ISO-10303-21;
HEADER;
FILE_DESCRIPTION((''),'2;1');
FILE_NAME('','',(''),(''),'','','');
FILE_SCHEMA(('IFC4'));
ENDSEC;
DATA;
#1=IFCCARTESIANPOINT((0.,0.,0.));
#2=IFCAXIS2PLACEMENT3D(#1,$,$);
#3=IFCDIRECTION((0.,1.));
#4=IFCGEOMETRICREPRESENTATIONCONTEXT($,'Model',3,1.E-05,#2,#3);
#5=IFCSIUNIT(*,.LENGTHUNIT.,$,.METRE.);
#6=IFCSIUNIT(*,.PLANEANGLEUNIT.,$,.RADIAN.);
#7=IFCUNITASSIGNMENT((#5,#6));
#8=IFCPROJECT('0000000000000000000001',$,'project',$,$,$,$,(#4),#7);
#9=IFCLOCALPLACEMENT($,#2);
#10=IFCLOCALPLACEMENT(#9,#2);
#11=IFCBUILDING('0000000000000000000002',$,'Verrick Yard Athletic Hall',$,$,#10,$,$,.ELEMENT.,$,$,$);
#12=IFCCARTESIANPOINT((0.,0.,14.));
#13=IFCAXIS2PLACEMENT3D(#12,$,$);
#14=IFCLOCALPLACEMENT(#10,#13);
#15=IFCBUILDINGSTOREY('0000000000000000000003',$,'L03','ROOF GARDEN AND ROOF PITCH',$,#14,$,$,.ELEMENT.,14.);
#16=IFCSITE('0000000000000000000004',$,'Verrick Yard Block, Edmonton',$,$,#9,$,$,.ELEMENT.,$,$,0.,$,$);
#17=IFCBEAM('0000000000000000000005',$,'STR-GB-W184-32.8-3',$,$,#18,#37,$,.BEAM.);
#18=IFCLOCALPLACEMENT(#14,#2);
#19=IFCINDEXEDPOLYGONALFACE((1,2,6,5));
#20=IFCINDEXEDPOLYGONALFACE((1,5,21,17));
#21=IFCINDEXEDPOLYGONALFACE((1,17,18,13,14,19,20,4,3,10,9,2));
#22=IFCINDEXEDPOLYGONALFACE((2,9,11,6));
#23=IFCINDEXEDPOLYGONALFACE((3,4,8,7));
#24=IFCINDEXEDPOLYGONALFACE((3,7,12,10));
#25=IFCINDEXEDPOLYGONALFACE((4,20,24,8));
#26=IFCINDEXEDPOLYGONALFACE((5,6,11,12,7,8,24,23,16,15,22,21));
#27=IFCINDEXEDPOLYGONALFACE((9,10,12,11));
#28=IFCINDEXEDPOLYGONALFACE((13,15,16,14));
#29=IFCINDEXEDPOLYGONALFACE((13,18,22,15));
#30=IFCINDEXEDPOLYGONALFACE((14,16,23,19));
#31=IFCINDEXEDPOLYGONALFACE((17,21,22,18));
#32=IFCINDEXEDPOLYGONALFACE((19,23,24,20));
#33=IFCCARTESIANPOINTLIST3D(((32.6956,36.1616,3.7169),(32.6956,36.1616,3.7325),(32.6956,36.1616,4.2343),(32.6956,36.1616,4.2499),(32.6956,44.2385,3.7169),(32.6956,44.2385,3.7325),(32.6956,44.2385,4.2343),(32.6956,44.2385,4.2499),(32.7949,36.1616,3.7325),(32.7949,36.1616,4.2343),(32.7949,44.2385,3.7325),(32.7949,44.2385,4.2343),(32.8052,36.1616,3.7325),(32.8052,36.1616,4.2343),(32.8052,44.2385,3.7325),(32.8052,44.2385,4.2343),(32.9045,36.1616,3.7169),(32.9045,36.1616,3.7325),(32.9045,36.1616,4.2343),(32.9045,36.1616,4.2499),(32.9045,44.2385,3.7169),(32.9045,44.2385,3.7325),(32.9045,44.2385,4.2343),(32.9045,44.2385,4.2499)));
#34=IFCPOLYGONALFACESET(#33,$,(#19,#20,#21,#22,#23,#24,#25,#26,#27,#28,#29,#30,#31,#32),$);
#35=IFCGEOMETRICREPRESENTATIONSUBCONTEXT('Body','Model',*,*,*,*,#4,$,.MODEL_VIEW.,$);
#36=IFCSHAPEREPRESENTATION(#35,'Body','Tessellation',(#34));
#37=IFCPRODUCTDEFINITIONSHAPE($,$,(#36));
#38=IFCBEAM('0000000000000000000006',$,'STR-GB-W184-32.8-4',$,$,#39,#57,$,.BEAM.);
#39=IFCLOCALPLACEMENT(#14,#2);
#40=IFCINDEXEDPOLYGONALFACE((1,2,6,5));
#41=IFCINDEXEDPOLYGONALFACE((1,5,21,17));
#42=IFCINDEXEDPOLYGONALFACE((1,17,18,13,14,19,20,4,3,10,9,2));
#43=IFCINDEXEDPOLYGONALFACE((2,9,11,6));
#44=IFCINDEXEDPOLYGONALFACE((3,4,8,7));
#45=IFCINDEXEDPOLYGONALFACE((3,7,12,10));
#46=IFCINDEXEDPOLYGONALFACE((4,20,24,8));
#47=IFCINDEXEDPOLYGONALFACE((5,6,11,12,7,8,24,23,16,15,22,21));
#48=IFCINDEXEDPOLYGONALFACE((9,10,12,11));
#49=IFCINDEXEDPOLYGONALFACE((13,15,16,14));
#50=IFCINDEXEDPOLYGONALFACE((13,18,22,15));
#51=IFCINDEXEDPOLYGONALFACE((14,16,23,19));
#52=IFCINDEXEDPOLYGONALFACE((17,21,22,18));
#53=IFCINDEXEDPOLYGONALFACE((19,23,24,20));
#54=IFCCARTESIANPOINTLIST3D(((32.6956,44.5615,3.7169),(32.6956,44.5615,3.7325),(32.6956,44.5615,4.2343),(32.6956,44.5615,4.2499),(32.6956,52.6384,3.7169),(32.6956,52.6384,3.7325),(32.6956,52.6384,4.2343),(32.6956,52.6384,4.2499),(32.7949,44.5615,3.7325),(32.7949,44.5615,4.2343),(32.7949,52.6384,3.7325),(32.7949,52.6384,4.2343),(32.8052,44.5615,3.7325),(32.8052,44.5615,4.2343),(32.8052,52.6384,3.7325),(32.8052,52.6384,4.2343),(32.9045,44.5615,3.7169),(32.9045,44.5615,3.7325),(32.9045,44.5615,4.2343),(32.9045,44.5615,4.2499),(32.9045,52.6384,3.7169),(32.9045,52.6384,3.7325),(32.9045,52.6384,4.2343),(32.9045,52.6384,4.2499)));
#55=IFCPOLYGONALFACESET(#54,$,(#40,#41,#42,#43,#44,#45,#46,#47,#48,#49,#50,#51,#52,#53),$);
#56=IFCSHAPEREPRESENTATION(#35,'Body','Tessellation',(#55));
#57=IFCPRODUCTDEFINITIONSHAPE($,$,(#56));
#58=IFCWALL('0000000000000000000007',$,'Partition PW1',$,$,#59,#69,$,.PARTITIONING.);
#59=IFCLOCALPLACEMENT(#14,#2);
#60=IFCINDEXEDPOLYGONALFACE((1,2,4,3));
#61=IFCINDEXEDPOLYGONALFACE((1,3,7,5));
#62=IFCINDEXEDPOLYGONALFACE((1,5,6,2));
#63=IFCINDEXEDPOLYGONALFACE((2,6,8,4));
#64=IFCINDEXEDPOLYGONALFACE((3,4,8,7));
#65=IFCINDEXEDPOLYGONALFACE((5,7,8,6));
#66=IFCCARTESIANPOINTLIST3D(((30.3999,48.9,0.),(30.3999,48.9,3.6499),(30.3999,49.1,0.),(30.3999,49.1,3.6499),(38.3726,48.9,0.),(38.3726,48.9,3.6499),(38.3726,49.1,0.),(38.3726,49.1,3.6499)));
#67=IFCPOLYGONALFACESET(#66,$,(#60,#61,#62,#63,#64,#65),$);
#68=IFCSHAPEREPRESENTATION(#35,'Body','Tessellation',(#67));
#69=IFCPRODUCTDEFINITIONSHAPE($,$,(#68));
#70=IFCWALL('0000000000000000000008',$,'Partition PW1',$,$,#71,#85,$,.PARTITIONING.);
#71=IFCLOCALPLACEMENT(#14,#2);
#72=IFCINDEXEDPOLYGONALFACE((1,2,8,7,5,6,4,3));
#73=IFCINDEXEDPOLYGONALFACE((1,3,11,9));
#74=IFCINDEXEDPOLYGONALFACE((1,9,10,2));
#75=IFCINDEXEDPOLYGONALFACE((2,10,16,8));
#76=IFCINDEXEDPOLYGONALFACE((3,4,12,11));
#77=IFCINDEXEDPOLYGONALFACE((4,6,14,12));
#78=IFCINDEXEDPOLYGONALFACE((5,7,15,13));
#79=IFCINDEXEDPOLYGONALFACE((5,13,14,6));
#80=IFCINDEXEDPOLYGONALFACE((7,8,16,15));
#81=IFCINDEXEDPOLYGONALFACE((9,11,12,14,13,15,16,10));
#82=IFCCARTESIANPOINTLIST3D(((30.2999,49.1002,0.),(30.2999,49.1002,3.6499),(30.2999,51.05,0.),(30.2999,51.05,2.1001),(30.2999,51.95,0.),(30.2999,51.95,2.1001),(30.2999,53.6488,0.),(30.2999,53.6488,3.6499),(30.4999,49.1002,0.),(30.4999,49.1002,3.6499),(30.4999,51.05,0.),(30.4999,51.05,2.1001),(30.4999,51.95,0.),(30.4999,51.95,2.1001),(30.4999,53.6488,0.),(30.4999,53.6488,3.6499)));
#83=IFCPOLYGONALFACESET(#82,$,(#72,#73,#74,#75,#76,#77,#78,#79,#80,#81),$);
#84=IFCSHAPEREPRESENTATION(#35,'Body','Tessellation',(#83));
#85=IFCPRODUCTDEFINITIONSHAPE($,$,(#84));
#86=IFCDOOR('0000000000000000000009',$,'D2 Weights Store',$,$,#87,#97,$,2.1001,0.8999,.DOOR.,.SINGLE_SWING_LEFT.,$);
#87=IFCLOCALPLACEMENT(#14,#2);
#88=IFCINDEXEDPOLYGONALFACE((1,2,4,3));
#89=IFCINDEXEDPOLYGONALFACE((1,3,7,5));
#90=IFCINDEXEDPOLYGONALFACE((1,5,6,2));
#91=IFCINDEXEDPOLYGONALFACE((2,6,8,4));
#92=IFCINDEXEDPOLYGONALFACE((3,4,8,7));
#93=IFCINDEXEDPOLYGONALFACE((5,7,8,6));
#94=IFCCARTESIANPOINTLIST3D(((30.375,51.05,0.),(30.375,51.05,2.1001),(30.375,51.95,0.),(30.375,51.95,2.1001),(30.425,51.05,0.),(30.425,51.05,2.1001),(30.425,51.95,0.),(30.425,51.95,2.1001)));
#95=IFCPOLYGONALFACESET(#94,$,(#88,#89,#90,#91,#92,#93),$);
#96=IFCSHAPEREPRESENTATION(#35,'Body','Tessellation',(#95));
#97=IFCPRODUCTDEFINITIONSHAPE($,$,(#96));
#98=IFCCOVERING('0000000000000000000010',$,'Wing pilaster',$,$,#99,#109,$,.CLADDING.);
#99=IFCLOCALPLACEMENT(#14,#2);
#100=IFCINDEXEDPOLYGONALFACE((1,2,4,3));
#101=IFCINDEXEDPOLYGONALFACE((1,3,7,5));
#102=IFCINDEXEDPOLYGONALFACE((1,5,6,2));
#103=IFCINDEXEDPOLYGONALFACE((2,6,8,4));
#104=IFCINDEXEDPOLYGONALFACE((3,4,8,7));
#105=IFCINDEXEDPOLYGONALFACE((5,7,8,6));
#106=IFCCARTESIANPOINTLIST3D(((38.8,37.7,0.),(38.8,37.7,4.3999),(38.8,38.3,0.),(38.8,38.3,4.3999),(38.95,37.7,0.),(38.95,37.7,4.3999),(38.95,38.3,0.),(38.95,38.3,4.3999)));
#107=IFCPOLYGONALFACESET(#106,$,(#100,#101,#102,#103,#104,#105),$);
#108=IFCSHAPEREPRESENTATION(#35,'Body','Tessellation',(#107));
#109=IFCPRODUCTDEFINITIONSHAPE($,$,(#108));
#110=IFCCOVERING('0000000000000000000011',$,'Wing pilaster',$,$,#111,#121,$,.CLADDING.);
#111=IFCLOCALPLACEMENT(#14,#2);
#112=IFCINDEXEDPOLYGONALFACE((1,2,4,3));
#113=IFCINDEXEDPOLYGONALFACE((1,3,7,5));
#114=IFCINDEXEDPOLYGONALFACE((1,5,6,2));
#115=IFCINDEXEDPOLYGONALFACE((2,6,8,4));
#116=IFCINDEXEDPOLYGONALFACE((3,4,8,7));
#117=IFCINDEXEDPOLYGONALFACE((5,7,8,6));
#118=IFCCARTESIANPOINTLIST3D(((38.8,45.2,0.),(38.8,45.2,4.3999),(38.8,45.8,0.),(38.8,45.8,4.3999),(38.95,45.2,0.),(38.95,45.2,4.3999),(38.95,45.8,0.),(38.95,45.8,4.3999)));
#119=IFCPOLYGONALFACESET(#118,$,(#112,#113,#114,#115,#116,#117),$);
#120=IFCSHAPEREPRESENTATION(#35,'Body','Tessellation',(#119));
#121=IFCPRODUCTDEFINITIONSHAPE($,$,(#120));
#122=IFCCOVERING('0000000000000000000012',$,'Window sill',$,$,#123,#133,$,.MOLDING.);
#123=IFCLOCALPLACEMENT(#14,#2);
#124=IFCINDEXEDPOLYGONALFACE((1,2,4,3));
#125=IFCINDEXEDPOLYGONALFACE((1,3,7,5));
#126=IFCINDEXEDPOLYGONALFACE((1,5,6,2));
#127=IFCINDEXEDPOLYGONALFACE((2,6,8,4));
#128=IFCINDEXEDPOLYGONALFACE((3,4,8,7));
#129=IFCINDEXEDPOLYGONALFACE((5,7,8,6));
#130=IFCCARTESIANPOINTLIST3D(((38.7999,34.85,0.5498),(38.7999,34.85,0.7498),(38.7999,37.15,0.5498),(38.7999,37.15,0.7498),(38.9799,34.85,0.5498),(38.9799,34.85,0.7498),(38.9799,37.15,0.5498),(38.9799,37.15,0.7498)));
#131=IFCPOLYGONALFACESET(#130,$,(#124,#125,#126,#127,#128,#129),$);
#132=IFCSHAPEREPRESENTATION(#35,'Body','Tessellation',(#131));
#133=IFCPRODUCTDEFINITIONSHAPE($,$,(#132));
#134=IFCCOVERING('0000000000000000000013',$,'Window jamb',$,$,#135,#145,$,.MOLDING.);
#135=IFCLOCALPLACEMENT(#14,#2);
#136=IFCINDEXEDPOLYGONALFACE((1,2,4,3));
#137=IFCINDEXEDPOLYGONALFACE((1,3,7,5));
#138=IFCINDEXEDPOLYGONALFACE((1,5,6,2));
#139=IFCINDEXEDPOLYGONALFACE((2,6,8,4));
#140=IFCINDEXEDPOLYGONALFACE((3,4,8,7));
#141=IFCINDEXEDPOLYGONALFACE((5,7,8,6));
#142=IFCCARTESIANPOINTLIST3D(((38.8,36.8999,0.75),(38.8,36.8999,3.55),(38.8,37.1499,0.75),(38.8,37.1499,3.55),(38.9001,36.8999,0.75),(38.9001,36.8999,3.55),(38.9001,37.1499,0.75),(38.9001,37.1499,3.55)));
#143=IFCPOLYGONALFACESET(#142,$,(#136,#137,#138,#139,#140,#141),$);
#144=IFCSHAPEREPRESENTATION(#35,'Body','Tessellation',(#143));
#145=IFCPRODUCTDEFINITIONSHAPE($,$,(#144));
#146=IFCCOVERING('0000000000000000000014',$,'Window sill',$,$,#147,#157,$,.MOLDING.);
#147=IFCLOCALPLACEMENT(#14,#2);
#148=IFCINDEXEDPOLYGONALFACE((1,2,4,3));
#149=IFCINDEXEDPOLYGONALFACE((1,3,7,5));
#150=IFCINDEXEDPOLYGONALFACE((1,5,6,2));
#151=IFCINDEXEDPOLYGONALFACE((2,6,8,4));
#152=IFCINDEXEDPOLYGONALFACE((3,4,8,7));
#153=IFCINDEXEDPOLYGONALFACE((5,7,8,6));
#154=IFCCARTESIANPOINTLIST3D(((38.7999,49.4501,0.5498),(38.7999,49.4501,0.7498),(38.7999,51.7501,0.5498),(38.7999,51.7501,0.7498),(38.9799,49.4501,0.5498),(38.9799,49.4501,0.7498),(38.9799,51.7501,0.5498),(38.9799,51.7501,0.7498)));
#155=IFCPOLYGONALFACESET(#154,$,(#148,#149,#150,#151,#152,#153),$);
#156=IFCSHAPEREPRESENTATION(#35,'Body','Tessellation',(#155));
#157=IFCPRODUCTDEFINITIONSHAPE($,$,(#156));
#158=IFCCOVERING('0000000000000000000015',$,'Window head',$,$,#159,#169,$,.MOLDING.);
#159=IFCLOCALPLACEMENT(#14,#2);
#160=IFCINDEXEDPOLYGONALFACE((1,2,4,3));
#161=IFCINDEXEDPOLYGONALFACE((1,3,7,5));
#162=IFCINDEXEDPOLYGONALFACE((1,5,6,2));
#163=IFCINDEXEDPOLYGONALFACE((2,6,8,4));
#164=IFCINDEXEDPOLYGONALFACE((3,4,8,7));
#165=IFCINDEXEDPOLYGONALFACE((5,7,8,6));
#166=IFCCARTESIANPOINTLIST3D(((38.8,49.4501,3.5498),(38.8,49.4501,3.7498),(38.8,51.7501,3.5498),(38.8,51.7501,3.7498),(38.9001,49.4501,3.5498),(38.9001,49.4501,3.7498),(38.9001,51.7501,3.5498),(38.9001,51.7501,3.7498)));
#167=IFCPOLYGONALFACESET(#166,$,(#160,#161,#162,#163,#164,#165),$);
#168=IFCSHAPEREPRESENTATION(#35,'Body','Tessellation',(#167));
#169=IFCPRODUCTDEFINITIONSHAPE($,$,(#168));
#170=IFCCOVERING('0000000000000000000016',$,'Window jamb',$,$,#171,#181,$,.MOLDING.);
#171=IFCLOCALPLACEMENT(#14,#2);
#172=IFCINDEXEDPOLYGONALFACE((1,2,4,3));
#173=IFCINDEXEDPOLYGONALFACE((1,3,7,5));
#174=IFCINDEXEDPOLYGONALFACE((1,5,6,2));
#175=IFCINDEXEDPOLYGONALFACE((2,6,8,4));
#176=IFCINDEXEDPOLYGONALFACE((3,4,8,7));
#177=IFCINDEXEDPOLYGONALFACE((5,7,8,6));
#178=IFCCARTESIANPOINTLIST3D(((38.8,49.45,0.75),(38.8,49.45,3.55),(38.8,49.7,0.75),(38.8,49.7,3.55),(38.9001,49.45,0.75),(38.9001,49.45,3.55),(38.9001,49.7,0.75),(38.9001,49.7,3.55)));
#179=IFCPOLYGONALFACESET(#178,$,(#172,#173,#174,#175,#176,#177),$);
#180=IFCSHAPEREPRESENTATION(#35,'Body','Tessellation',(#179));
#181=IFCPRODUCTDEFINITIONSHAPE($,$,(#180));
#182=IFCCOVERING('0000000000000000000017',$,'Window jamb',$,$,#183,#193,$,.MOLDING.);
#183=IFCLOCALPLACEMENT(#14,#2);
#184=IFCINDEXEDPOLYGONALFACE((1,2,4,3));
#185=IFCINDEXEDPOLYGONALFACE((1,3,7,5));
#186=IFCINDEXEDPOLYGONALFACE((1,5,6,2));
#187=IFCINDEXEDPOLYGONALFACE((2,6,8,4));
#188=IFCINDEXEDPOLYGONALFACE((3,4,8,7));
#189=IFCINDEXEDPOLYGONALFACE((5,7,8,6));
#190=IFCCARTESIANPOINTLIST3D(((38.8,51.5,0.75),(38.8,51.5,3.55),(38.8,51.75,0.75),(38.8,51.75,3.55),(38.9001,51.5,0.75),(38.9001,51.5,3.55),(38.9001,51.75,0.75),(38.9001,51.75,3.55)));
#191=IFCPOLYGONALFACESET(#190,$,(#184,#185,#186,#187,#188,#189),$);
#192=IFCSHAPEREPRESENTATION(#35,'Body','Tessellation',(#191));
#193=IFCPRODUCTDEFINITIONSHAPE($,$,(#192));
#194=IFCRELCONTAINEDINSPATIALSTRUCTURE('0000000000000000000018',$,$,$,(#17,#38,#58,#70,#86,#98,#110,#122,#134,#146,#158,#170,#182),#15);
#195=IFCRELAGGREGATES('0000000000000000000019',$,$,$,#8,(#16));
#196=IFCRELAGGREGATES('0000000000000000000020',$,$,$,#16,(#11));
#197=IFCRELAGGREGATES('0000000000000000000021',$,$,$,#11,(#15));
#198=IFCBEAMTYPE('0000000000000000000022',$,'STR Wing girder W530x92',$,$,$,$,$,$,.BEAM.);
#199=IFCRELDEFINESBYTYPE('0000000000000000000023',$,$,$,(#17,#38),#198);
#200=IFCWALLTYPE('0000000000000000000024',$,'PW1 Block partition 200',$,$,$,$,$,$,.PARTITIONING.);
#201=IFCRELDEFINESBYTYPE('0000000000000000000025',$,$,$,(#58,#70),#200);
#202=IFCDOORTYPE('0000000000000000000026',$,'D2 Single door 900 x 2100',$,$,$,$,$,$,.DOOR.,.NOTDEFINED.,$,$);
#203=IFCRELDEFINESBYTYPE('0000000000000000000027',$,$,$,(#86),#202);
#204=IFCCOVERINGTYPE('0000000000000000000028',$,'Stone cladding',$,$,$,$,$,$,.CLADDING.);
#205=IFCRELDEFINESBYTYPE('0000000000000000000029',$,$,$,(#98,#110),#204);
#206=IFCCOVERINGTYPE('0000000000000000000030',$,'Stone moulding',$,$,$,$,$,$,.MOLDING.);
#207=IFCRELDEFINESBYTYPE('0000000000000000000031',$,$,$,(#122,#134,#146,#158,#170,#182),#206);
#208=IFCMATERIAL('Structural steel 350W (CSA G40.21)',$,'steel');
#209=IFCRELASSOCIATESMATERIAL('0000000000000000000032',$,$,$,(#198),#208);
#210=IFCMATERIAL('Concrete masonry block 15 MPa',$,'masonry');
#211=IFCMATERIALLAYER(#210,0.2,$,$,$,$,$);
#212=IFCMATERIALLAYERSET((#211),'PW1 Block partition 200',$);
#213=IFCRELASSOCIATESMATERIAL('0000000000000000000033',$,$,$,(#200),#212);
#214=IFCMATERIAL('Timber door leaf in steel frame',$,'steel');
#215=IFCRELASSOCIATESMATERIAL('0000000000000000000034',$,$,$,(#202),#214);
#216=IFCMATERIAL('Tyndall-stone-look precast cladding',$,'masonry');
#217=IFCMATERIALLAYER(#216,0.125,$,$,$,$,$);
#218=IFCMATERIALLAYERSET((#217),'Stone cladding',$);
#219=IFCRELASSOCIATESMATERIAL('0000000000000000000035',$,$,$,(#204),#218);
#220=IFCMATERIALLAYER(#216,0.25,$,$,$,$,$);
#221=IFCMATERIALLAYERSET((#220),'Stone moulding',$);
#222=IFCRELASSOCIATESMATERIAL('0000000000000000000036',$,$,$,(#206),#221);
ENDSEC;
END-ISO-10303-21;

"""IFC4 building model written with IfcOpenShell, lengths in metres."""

from ifc_helpers import new_model, si_unit, direction, frame, frame_2d, origin, origin_2d, place, context, subcontext, project, spatial, rectangle, i_section, extrude, material, layer, layer_set, material_profile, profile_set, type_object, element, fill, save


model = new_model("IFC4")

# Units and contexts
model_context = context("Model", 3, precision=1e-05, world=origin(), true_north=direction((0.0, 1.0)))
body_context = subcontext(model_context, "Body", "Model", "MODEL_VIEW")
ifc_project = project(units=[si_unit("LENGTHUNIT", "METRE"), si_unit("PLANEANGLEUNIT", "RADIAN")], contexts=[model_context])

# Site, building, storey
site_placement = place(None, origin())
site = spatial("IfcSite", under=ifc_project, at=site_placement, Name="Verrick Yard Block, Edmonton", CompositionType="ELEMENT", RefElevation=0.0)
building_placement = place(site_placement, origin())
building = spatial("IfcBuilding", under=site, at=building_placement, Name="Verrick Yard Athletic Hall", CompositionType="ELEMENT")
storey_placement = place(building_placement, frame((0.0, 0.0, 14.0)))
storey = spatial("IfcBuildingStorey", under=building, at=storey_placement, Name="L03", Description="ROOF GARDEN AND ROOF PITCH", CompositionType="ELEMENT", Elevation=14.0)

# Shared definitions
ifc_material_1 = material(Name="Structural steel 350W (CSA G40.21)", Category="steel")

# Beams
ifc_material_profile_1 = material_profile(ifc_material_1, i_section(OverallWidth=0.209, OverallDepth=0.533, WebThickness=0.0103, FlangeThickness=0.0156, at=origin_2d()), Name="W530x92")
ifc_profile_set_1 = profile_set([ifc_material_profile_1], Name="Structural steel 350W (CSA G40.21)")
beam_type_1 = type_object("IfcBeamType", Name="STR Wing girder W530x92", PredefinedType="BEAM", material=ifc_profile_set_1)
for number, where, z_axis, x_axis, name in (
    (1, (32.8, 36.1616, 3.9834), (0.0, 1.0, 0.0), (-1.0, 0.0, 0.0), "STR-GB-W184-32.8-3"),
    (2, (32.8, 44.5615, 3.9834), (0.0, 1.0, 0.0), (-1.0, 0.0, 0.0), "STR-GB-W184-32.8-4"),
):
    element("IfcBeam", number, at=place(storey_placement, frame(where, z_axis=z_axis, x_axis=x_axis)), inside=storey, type_object=beam_type_1, Name=name, PredefinedType="BEAM", context=body_context, shape_type="SweptSolid", body=[
        extrude(i_section(OverallWidth=0.209, OverallDepth=0.533, WebThickness=0.0103, FlangeThickness=0.0156, at=origin_2d()), origin(), (0.0, 0.0, 1.0), 8.0769),
    ])

# Wall
ifc_material_2 = material(Name="Concrete masonry block 15 MPa", Category="masonry")
ifc_layer_1 = layer(ifc_material_2, 0.2)
ifc_layer_set_1 = layer_set([ifc_layer_1], Name="PW1 Block partition 200")
wall_type = type_object("IfcWallType", Name="PW1 Block partition 200", PredefinedType="PARTITIONING", material=ifc_layer_set_1)
wall_1_placement = place(storey_placement, frame((30.3999, 49.0, 0.0), z_axis=(0.0, 0.0, 1.0), x_axis=(1.0, 0.0, 0.0)))
element("IfcWall", 3, at=wall_1_placement, inside=storey, type_object=wall_type, Name="Partition PW1", PredefinedType="PARTITIONING", context=body_context, shape_type="SweptSolid", body=[
    extrude(rectangle(XDim=7.9727, YDim=0.2, at=frame_2d((3.9863, 0.0))), origin(), (0.0, 0.0, 1.0), 3.6499),
])

# Wall, opening, door
wall_2_placement = place(storey_placement, frame((30.3999, 49.1001, 0.0), z_axis=(0.0, 0.0, 1.0), x_axis=(0.0, 1.0, 0.0)))
wall_2 = element("IfcWall", 4, at=wall_2_placement, inside=storey, type_object=wall_type, Name="Partition PW1", PredefinedType="PARTITIONING", context=body_context, shape_type="SweptSolid", body=[
    extrude(rectangle(XDim=4.5486, YDim=0.2, at=frame_2d((2.2744, 0.0))), origin(), (0.0, 0.0, 1.0), 3.6499),
])
opening_placement = place(wall_2_placement, frame((1.95, 0.0, 0.0)))
opening = element("IfcOpeningElement", 5, at=opening_placement, cuts=wall_2, PredefinedType="OPENING", context=body_context, shape_type="SweptSolid", body=[
    extrude(rectangle(XDim=0.8999, YDim=2.1001, at=frame_2d((0.45, 1.05))), frame((0.0, 0.1099, 0.0), z_axis=(0.0, -1.0, 0.0), x_axis=(1.0, 0.0, 0.0)), (0.0, 0.0, 1.0), 0.22),
])
ifc_material_3 = material(Name="Timber door leaf in steel frame", Category="steel")
door_type = type_object("IfcDoorType", Name="D2 Single door 900 x 2100", OperationType="NOTDEFINED", PredefinedType="DOOR", material=ifc_material_3)
door_placement = place(opening_placement, origin())
door = element("IfcDoor", 6, at=door_placement, inside=storey, type_object=door_type, Name="D2 Weights Store", OperationType="SINGLE_SWING_LEFT", OverallHeight=2.1001, OverallWidth=0.8999, PredefinedType="DOOR", context=body_context, shape_type="SweptSolid", body=[
    extrude(rectangle(XDim=0.8999, YDim=2.1001, at=frame_2d((0.45, 1.05))), frame((0.0, 0.0249, 0.0), z_axis=(0.0, -1.0, 0.0), x_axis=(1.0, 0.0, 0.0)), (0.0, 0.0, 1.0), 0.05),
])
fill(opening, door)

# Coverings
ifc_material_4 = material(Name="Tyndall-stone-look precast cladding", Category="masonry")
ifc_layer_2 = layer(ifc_material_4, 0.125)
ifc_layer_set_2 = layer_set([ifc_layer_2], Name="Stone cladding")
covering_type_1 = type_object("IfcCoveringType", Name="Stone cladding", PredefinedType="CLADDING", material=ifc_layer_set_2)
for number, where, z_axis, x_axis, name in (
    (7, (38.875, 38.0, 0.0), (0.0, 0.0, 1.0), (0.0, 1.0, 0.0), "Wing pilaster"),
    (8, (38.875, 45.5, 0.0), (0.0, 0.0, 1.0), (0.0, 1.0, 0.0), "Wing pilaster"),
):
    element("IfcCovering", number, at=place(storey_placement, frame(where, z_axis=z_axis, x_axis=x_axis)), inside=storey, type_object=covering_type_1, Name=name, PredefinedType="CLADDING", context=body_context, shape_type="SweptSolid", body=[
        extrude(rectangle(XDim=0.6001, YDim=0.1499, at=origin_2d()), origin(), (0.0, 0.0, 1.0), 4.3999),
    ])
ifc_layer_3 = layer(ifc_material_4, 0.25)
ifc_layer_set_3 = layer_set([ifc_layer_3], Name="Stone moulding")
covering_type_2 = type_object("IfcCoveringType", Name="Stone moulding", PredefinedType="MOLDING", material=ifc_layer_set_3)
covering_1_placement = place(storey_placement, frame((38.8899, 36.0, 0.5498), z_axis=(0.0, 0.0, 1.0), x_axis=(0.0, 1.0, 0.0)))
element("IfcCovering", 9, at=covering_1_placement, inside=storey, type_object=covering_type_2, Name="Window sill", PredefinedType="MOLDING", context=body_context, shape_type="SweptSolid", body=[
    extrude(rectangle(XDim=2.3, YDim=0.1799, at=origin_2d()), origin(), (0.0, 0.0, 1.0), 0.2),
])
covering_2_placement = place(storey_placement, frame((38.8501, 37.0249, 0.75), z_axis=(0.0, 0.0, 1.0), x_axis=(0.0, 1.0, 0.0)))
element("IfcCovering", 10, at=covering_2_placement, inside=storey, type_object=covering_type_2, Name="Window jamb", PredefinedType="MOLDING", context=body_context, shape_type="SweptSolid", body=[
    extrude(rectangle(XDim=0.25, YDim=0.1001, at=origin_2d()), origin(), (0.0, 0.0, 1.0), 2.8),
])
covering_3_placement = place(storey_placement, frame((38.8899, 50.6001, 0.5498), z_axis=(0.0, 0.0, 1.0), x_axis=(0.0, 1.0, 0.0)))
element("IfcCovering", 11, at=covering_3_placement, inside=storey, type_object=covering_type_2, Name="Window sill", PredefinedType="MOLDING", context=body_context, shape_type="SweptSolid", body=[
    extrude(rectangle(XDim=2.3, YDim=0.1799, at=origin_2d()), origin(), (0.0, 0.0, 1.0), 0.2),
])
covering_4_placement = place(storey_placement, frame((38.8501, 50.6001, 3.5498), z_axis=(0.0, 0.0, 1.0), x_axis=(0.0, 1.0, 0.0)))
element("IfcCovering", 12, at=covering_4_placement, inside=storey, type_object=covering_type_2, Name="Window head", PredefinedType="MOLDING", context=body_context, shape_type="SweptSolid", body=[
    extrude(rectangle(XDim=2.3, YDim=0.1001, at=origin_2d()), origin(), (0.0, 0.0, 1.0), 0.2),
])
for number, where, z_axis, x_axis, name in (
    (13, (38.8501, 49.575, 0.75), (0.0, 0.0, 1.0), (0.0, 1.0, 0.0), "Window jamb"),
    (14, (38.8501, 51.625, 0.75), (0.0, 0.0, 1.0), (0.0, 1.0, 0.0), "Window jamb"),
):
    element("IfcCovering", number, at=place(storey_placement, frame(where, z_axis=z_axis, x_axis=x_axis)), inside=storey, type_object=covering_type_2, Name=name, PredefinedType="MOLDING", context=body_context, shape_type="SweptSolid", body=[
        extrude(rectangle(XDim=0.25, YDim=0.1001, at=origin_2d()), origin(), (0.0, 0.0, 1.0), 2.8),
    ])

save(model, "model.ifc")
